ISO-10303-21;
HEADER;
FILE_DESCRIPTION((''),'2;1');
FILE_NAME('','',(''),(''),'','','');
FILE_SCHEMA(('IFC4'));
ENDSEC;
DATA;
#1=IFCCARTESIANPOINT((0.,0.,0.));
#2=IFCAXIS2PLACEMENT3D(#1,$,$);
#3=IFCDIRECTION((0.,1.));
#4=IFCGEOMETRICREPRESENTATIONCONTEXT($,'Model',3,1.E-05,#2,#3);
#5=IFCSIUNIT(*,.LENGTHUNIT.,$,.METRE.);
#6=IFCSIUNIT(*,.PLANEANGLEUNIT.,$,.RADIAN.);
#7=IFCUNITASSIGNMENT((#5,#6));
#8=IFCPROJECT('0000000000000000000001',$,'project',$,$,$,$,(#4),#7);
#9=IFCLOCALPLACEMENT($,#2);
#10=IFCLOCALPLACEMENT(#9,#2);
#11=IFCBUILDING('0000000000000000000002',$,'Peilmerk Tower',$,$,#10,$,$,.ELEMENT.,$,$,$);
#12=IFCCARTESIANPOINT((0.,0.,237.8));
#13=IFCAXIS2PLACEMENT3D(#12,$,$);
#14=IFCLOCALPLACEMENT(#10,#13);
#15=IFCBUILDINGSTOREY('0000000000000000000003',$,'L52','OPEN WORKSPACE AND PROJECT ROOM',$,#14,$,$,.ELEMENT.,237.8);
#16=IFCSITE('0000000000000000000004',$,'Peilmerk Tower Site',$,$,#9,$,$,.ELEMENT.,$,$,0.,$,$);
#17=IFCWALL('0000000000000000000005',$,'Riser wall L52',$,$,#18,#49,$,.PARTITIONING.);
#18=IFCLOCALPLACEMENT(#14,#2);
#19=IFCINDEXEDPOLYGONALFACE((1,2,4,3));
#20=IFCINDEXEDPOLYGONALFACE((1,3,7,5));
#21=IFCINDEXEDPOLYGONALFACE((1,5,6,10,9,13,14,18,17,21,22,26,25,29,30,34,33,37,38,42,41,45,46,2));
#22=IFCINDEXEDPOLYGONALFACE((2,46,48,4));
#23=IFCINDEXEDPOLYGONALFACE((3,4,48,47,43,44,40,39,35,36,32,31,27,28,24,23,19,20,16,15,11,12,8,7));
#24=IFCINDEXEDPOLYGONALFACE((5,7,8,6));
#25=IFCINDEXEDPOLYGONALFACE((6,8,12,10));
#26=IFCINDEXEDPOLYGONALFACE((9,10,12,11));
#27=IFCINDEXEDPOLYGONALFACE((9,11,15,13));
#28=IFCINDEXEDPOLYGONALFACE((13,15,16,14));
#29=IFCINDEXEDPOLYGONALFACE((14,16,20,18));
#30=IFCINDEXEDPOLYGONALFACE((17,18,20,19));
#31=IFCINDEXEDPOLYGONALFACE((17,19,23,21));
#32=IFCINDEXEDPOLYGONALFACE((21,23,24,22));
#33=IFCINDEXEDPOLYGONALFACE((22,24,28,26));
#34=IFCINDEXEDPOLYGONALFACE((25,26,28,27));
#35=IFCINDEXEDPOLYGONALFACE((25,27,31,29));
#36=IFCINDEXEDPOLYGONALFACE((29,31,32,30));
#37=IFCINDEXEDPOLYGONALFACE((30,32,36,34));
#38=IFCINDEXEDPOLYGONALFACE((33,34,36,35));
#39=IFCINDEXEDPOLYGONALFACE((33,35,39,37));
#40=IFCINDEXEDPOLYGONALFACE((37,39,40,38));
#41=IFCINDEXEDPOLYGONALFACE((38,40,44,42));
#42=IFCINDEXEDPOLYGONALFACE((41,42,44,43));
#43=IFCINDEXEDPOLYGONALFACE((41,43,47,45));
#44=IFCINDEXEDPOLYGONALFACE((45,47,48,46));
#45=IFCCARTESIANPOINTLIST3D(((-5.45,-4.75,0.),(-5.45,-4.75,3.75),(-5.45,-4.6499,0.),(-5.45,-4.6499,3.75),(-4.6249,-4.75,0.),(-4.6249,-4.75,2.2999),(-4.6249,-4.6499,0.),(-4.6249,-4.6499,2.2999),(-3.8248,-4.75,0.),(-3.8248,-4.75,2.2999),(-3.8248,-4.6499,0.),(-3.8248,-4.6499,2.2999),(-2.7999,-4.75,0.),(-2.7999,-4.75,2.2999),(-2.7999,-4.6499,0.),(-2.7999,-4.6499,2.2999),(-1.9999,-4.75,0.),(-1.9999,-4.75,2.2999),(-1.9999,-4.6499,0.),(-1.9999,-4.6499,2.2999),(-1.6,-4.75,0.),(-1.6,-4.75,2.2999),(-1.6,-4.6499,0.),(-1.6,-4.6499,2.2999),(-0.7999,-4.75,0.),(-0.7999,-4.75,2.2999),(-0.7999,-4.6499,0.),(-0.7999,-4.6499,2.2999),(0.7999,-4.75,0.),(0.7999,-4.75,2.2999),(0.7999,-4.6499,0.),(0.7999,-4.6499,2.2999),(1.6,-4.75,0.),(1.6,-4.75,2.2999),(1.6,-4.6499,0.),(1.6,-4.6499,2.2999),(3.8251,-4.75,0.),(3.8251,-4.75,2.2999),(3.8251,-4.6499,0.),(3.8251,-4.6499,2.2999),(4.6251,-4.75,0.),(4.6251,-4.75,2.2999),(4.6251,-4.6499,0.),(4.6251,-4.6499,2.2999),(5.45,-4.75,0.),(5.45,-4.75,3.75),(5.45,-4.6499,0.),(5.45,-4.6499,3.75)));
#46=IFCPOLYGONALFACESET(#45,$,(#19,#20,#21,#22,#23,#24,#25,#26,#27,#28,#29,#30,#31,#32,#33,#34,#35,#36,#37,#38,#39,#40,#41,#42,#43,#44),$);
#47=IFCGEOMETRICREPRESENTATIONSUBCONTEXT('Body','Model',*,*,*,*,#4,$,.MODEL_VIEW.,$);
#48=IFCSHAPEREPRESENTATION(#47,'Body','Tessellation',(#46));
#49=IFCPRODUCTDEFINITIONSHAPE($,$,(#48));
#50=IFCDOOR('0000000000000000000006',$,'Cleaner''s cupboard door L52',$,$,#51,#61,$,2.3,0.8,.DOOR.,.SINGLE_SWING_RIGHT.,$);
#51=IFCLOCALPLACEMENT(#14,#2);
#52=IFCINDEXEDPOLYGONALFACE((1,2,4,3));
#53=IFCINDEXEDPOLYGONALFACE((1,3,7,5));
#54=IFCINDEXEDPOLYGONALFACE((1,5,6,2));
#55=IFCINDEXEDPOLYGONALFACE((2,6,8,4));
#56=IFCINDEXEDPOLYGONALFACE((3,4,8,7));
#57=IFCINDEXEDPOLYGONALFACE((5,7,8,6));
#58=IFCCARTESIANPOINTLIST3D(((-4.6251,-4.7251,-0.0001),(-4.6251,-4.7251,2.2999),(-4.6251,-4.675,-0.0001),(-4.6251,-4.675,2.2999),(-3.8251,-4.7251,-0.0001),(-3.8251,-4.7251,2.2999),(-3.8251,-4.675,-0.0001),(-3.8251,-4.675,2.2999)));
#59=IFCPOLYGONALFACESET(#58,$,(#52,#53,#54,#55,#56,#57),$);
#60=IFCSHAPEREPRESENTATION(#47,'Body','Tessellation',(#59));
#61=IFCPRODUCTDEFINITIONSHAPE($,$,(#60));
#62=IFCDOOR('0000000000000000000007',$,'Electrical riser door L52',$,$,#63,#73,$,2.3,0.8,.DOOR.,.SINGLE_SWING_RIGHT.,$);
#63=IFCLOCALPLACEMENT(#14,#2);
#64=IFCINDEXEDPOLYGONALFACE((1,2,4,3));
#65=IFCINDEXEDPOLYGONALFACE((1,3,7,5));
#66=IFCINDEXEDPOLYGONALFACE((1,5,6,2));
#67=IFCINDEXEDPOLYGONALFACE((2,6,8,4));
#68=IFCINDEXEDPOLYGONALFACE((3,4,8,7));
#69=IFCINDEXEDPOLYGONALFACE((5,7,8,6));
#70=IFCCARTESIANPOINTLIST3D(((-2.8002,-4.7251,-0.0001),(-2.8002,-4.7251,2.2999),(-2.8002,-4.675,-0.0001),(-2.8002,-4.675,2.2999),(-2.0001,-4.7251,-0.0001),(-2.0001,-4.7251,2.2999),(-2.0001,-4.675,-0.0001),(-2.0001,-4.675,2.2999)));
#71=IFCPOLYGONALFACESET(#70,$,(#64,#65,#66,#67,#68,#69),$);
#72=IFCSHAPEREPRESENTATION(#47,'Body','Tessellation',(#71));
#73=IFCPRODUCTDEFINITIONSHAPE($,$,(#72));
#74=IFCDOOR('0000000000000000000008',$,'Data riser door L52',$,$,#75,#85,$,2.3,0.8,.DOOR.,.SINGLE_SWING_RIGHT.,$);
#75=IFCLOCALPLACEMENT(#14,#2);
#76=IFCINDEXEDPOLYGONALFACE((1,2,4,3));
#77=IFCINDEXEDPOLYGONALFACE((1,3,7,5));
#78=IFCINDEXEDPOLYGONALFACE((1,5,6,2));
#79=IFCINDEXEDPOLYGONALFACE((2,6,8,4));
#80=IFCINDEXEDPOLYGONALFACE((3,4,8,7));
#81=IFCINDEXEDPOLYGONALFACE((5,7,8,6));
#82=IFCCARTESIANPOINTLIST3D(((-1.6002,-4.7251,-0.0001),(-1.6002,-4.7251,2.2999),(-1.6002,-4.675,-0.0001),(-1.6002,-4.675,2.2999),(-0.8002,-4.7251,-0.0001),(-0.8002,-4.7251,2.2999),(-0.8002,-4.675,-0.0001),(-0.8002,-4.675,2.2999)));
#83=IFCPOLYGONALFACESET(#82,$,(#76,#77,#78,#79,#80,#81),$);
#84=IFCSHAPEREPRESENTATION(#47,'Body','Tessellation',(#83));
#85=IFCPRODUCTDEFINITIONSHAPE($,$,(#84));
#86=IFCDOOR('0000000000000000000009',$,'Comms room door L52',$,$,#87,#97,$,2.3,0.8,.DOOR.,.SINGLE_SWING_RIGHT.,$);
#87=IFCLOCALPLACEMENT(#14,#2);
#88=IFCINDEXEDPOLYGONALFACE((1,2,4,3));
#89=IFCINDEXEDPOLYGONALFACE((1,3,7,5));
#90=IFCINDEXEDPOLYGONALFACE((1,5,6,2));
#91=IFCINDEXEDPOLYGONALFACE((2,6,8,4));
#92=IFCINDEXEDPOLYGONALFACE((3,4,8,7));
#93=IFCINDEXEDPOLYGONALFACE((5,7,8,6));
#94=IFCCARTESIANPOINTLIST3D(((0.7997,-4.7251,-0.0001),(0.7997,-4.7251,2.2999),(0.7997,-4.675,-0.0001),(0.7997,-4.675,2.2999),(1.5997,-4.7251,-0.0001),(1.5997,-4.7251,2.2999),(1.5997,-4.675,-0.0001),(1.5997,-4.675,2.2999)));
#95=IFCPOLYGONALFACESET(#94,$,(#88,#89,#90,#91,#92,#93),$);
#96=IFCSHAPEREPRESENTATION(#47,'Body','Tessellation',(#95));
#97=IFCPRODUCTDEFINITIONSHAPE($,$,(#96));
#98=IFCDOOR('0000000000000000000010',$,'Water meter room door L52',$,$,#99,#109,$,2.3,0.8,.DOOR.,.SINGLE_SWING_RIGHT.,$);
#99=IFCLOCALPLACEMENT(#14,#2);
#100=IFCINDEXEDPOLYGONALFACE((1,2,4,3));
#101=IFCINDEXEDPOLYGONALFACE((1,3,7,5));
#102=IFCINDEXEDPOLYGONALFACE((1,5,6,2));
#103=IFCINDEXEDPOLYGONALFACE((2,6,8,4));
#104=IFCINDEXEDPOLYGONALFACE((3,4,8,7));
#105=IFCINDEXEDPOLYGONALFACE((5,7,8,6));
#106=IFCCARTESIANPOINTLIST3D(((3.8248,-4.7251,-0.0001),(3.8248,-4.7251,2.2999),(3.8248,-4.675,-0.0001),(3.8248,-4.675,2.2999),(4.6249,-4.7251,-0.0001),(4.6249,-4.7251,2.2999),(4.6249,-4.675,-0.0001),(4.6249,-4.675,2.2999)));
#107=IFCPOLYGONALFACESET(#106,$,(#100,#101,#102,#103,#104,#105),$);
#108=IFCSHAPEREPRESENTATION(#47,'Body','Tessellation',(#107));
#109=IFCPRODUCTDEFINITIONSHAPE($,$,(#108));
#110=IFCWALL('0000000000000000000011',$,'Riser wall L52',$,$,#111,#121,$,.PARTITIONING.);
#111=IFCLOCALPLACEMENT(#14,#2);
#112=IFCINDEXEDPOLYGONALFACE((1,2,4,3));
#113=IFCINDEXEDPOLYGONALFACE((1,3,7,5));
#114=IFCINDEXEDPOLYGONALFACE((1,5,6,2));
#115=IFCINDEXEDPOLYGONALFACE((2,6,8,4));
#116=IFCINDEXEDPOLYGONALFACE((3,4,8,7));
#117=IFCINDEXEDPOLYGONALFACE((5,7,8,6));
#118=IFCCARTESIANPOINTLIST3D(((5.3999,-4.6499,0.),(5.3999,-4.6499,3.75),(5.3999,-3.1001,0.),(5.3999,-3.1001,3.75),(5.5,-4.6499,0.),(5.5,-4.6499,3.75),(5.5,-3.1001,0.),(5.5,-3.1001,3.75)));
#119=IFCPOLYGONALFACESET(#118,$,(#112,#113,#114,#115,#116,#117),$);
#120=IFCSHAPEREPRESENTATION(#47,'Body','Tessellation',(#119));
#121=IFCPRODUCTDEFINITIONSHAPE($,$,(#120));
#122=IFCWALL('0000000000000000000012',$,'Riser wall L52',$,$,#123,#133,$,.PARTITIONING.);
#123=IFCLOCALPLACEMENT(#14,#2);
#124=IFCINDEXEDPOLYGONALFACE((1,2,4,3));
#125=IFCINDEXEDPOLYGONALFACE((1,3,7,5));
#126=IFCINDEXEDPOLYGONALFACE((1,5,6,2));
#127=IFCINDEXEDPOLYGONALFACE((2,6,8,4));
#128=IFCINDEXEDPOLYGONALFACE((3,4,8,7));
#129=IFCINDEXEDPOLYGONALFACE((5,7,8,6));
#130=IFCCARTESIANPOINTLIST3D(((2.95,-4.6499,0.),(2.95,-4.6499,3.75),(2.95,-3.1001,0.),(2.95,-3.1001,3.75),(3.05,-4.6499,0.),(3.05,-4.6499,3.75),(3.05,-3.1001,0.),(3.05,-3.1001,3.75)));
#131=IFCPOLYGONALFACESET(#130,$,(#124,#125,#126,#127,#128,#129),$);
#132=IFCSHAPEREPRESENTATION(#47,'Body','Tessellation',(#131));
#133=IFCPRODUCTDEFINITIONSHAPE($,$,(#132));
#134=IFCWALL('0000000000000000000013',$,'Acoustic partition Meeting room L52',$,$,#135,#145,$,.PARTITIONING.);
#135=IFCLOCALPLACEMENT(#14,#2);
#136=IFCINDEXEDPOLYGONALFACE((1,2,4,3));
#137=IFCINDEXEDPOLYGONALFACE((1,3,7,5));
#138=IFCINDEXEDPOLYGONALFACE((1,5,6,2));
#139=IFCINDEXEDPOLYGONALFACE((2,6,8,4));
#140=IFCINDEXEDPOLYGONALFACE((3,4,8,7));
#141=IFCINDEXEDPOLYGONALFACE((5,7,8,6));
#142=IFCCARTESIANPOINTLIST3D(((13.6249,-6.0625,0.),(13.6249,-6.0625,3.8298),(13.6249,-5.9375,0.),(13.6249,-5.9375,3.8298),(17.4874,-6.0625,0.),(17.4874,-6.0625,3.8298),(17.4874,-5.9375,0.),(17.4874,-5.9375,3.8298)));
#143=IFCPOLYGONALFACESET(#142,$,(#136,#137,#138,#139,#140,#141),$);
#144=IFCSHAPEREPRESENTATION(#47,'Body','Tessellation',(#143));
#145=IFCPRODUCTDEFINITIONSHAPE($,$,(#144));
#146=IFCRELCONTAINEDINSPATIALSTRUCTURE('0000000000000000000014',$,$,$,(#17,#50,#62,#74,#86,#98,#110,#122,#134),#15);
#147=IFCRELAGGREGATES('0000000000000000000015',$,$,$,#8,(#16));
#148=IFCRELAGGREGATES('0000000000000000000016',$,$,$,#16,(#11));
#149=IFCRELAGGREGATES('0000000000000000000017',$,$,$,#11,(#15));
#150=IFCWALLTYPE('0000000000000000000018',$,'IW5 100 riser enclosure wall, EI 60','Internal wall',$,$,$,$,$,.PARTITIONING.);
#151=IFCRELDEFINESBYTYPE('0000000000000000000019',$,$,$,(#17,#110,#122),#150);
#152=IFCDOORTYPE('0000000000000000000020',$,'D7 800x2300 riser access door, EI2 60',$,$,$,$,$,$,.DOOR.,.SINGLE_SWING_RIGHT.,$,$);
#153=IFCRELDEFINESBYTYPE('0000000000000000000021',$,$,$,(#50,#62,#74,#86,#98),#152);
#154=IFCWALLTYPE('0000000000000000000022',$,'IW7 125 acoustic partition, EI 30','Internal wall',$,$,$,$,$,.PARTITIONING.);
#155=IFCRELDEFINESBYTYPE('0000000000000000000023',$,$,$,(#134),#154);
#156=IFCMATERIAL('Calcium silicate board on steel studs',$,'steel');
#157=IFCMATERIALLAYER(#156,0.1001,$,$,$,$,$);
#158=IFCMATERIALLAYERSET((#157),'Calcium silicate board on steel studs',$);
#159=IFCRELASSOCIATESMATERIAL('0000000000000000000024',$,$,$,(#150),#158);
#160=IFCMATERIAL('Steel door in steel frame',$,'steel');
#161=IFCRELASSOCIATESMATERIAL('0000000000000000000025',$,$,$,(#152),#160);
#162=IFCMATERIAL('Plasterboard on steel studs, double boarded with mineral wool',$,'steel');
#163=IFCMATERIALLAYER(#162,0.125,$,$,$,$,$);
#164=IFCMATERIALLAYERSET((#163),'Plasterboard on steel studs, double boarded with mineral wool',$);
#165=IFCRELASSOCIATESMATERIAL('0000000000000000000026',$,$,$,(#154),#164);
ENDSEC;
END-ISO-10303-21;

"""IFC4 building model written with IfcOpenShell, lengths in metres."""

from ifc_helpers import new_model, si_unit, direction, frame, frame_2d, origin, place, context, subcontext, project, spatial, rectangle, extrude, material, layer, layer_set, type_object, element, fill, save


model = new_model("IFC4")

# Units and contexts
model_context = context("Model", 3, precision=1e-05, world=origin(), true_north=direction((0.0, 1.0)))
body_context = subcontext(model_context, "Body", "Model", "MODEL_VIEW")
ifc_project = project(units=[si_unit("LENGTHUNIT", "METRE"), si_unit("PLANEANGLEUNIT", "RADIAN")], contexts=[model_context])

# Site, building, storey
site_placement = place(None, origin())
site = spatial("IfcSite", under=ifc_project, at=site_placement, Name="Peilmerk Tower Site", CompositionType="ELEMENT", RefElevation=0.0)
building_placement = place(site_placement, origin())
building = spatial("IfcBuilding", under=site, at=building_placement, Name="Peilmerk Tower", CompositionType="ELEMENT")
storey_placement = place(building_placement, frame((0.0, 0.0, 237.8)))
storey = spatial("IfcBuildingStorey", under=building, at=storey_placement, Name="L52", Description="OPEN WORKSPACE AND PROJECT ROOM", CompositionType="ELEMENT", Elevation=237.8)

# Shared definitions
ifc_material_1 = material(Name="Steel door in steel frame", Category="steel")

# Shared definitions
ifc_material_2 = material(Name="Calcium silicate board on steel studs", Category="steel")
ifc_layer_1 = layer(ifc_material_2, 0.1001)
ifc_layer_set_1 = layer_set([ifc_layer_1], Name="Calcium silicate board on steel studs")
wall_type_1 = type_object("IfcWallType", Name="IW5 100 riser enclosure wall, EI 60", Description="Internal wall", PredefinedType="PARTITIONING", material=ifc_layer_set_1)

# Wall, openings, doors
wall_1_placement = place(storey_placement, frame((5.45, -4.7, 0.0), z_axis=(0.0, 0.0, 1.0), x_axis=(-1.0, 0.0, 0.0)))
wall_1 = element("IfcWall", 1, at=wall_1_placement, inside=storey, type_object=wall_type_1, Name="Riser wall L52", PredefinedType="PARTITIONING", context=body_context, shape_type="SweptSolid", body=[
    extrude(rectangle(XDim=10.8999, YDim=0.1001, at=frame_2d((5.45, 0.0))), origin(), (0.0, 0.0, 1.0), 3.75),
])
opening_1_placement = place(wall_1_placement, frame((9.2749, 0.0, 0.0)))
opening_1 = element("IfcOpeningElement", 2, at=opening_1_placement, cuts=wall_1, PredefinedType="OPENING", context=body_context, shape_type="SweptSolid", body=[
    extrude(rectangle(XDim=0.8, YDim=2.3, at=frame_2d((0.3999, 1.1499))), frame((0.0, 0.0601, 0.0), z_axis=(0.0, -1.0, 0.0), x_axis=(1.0, 0.0, 0.0)), (0.0, 0.0, 1.0), 0.1201),
])
opening_2_placement = place(wall_1_placement, frame((7.45, 0.0, 0.0)))
opening_2 = element("IfcOpeningElement", 3, at=opening_2_placement, cuts=wall_1, PredefinedType="OPENING", context=body_context, shape_type="SweptSolid", body=[
    extrude(rectangle(XDim=0.8, YDim=2.3, at=frame_2d((0.3999, 1.1499))), frame((0.0, 0.0601, 0.0), z_axis=(0.0, -1.0, 0.0), x_axis=(1.0, 0.0, 0.0)), (0.0, 0.0, 1.0), 0.1201),
])
opening_3_placement = place(wall_1_placement, frame((6.25, 0.0, 0.0)))
opening_3 = element("IfcOpeningElement", 4, at=opening_3_placement, cuts=wall_1, PredefinedType="OPENING", context=body_context, shape_type="SweptSolid", body=[
    extrude(rectangle(XDim=0.8, YDim=2.3, at=frame_2d((0.3999, 1.1499))), frame((0.0, 0.0601, 0.0), z_axis=(0.0, -1.0, 0.0), x_axis=(1.0, 0.0, 0.0)), (0.0, 0.0, 1.0), 0.1201),
])
opening_4_placement = place(wall_1_placement, frame((3.8501, 0.0, 0.0)))
opening_4 = element("IfcOpeningElement", 5, at=opening_4_placement, cuts=wall_1, PredefinedType="OPENING", context=body_context, shape_type="SweptSolid", body=[
    extrude(rectangle(XDim=0.8, YDim=2.3, at=frame_2d((0.3999, 1.1499))), frame((0.0, 0.0601, 0.0), z_axis=(0.0, -1.0, 0.0), x_axis=(1.0, 0.0, 0.0)), (0.0, 0.0, 1.0), 0.1201),
])
opening_5_placement = place(wall_1_placement, frame((0.825, 0.0, 0.0)))
opening_5 = element("IfcOpeningElement", 6, at=opening_5_placement, cuts=wall_1, PredefinedType="OPENING", context=body_context, shape_type="SweptSolid", body=[
    extrude(rectangle(XDim=0.8, YDim=2.3, at=frame_2d((0.3999, 1.1499))), frame((0.0, 0.0601, 0.0), z_axis=(0.0, -1.0, 0.0), x_axis=(1.0, 0.0, 0.0)), (0.0, 0.0, 1.0), 0.1201),
])
door_type_1 = type_object("IfcDoorType", Name="D7 800x2300 riser access door, EI2 60", OperationType="SINGLE_SWING_RIGHT", PredefinedType="DOOR", material=ifc_material_1)
door_1_placement = place(opening_1_placement, frame((0.8, 0.0, 0.0), z_axis=(0.0, 0.0, 1.0), x_axis=(-1.0, 0.0, 0.0)))
door_1 = element("IfcDoor", 7, at=door_1_placement, inside=storey, type_object=door_type_1, Name="Cleaner's cupboard door L52", OperationType="SINGLE_SWING_RIGHT", OverallHeight=2.3, OverallWidth=0.8, PredefinedType="DOOR", context=body_context, shape_type="SweptSolid", body=[
    extrude(rectangle(XDim=0.8, YDim=2.3, at=frame_2d((0.3999, 1.1499))), frame((0.0, 0.0249, 0.0), z_axis=(0.0, -1.0, 0.0), x_axis=(1.0, 0.0, 0.0)), (0.0, 0.0, 1.0), 0.05),
])
fill(opening_1, door_1)
door_2_placement = place(opening_2_placement, frame((0.8, 0.0, 0.0), z_axis=(0.0, 0.0, 1.0), x_axis=(-1.0, 0.0, 0.0)))
door_2 = element("IfcDoor", 8, at=door_2_placement, inside=storey, type_object=door_type_1, Name="Electrical riser door L52", OperationType="SINGLE_SWING_RIGHT", OverallHeight=2.3, OverallWidth=0.8, PredefinedType="DOOR", context=body_context, shape_type="SweptSolid", body=[
    extrude(rectangle(XDim=0.8, YDim=2.3, at=frame_2d((0.3999, 1.1499))), frame((0.0, 0.0249, 0.0), z_axis=(0.0, -1.0, 0.0), x_axis=(1.0, 0.0, 0.0)), (0.0, 0.0, 1.0), 0.05),
])
fill(opening_2, door_2)
door_3_placement = place(opening_3_placement, frame((0.8, 0.0, 0.0), z_axis=(0.0, 0.0, 1.0), x_axis=(-1.0, 0.0, 0.0)))
door_3 = element("IfcDoor", 9, at=door_3_placement, inside=storey, type_object=door_type_1, Name="Data riser door L52", OperationType="SINGLE_SWING_RIGHT", OverallHeight=2.3, OverallWidth=0.8, PredefinedType="DOOR", context=body_context, shape_type="SweptSolid", body=[
    extrude(rectangle(XDim=0.8, YDim=2.3, at=frame_2d((0.3999, 1.1499))), frame((0.0, 0.0249, 0.0), z_axis=(0.0, -1.0, 0.0), x_axis=(1.0, 0.0, 0.0)), (0.0, 0.0, 1.0), 0.05),
])
fill(opening_3, door_3)
door_4_placement = place(opening_4_placement, frame((0.8, 0.0, 0.0), z_axis=(0.0, 0.0, 1.0), x_axis=(-1.0, 0.0, 0.0)))
door_4 = element("IfcDoor", 10, at=door_4_placement, inside=storey, type_object=door_type_1, Name="Comms room door L52", OperationType="SINGLE_SWING_RIGHT", OverallHeight=2.3, OverallWidth=0.8, PredefinedType="DOOR", context=body_context, shape_type="SweptSolid", body=[
    extrude(rectangle(XDim=0.8, YDim=2.3, at=frame_2d((0.3999, 1.1499))), frame((0.0, 0.0249, 0.0), z_axis=(0.0, -1.0, 0.0), x_axis=(1.0, 0.0, 0.0)), (0.0, 0.0, 1.0), 0.05),
])
fill(opening_4, door_4)
door_5_placement = place(opening_5_placement, frame((0.8, 0.0, 0.0), z_axis=(0.0, 0.0, 1.0), x_axis=(-1.0, 0.0, 0.0)))
door_5 = element("IfcDoor", 11, at=door_5_placement, inside=storey, type_object=door_type_1, Name="Water meter room door L52", OperationType="SINGLE_SWING_RIGHT", OverallHeight=2.3, OverallWidth=0.8, PredefinedType="DOOR", context=body_context, shape_type="SweptSolid", body=[
    extrude(rectangle(XDim=0.8, YDim=2.3, at=frame_2d((0.3999, 1.1499))), frame((0.0, 0.0249, 0.0), z_axis=(0.0, -1.0, 0.0), x_axis=(1.0, 0.0, 0.0)), (0.0, 0.0, 1.0), 0.05),
])
fill(opening_5, door_5)

# Walls
for number, where, z_axis, x_axis, name in (
    (12, (5.45, -3.1001, 0.0), (0.0, 0.0, 1.0), (0.0, -1.0, 0.0), "Riser wall L52"),
    (13, (3.0, -3.1001, 0.0), (0.0, 0.0, 1.0), (0.0, -1.0, 0.0), "Riser wall L52"),
):
    element("IfcWall", number, at=place(storey_placement, frame(where, z_axis=z_axis, x_axis=x_axis)), inside=storey, type_object=wall_type_1, Name=name, PredefinedType="PARTITIONING", context=body_context, shape_type="SweptSolid", body=[
        extrude(rectangle(XDim=1.5498, YDim=0.1001, at=frame_2d((0.7749, 0.0))), origin(), (0.0, 0.0, 1.0), 3.75),
    ])
ifc_material_3 = material(Name="Plasterboard on steel studs, double boarded with mineral wool", Category="steel")
ifc_layer_2 = layer(ifc_material_3, 0.125)
ifc_layer_set_2 = layer_set([ifc_layer_2], Name="Plasterboard on steel studs, double boarded with mineral wool")
wall_type_2 = type_object("IfcWallType", Name="IW7 125 acoustic partition, EI 30", Description="Internal wall", PredefinedType="PARTITIONING", material=ifc_layer_set_2)
wall_2_placement = place(storey_placement, frame((13.625, -6.0, 0.0), z_axis=(0.0, 0.0, 1.0), x_axis=(1.0, 0.0, 0.0)))
element("IfcWall", 14, at=wall_2_placement, inside=storey, type_object=wall_type_2, Name="Acoustic partition Meeting room L52", PredefinedType="PARTITIONING", context=body_context, shape_type="SweptSolid", body=[
    extrude(rectangle(XDim=3.8625, YDim=0.125, at=frame_2d((1.9312, 0.0))), origin(), (0.0, 0.0, 1.0), 3.8298),
])

save(model, "model.ifc")
